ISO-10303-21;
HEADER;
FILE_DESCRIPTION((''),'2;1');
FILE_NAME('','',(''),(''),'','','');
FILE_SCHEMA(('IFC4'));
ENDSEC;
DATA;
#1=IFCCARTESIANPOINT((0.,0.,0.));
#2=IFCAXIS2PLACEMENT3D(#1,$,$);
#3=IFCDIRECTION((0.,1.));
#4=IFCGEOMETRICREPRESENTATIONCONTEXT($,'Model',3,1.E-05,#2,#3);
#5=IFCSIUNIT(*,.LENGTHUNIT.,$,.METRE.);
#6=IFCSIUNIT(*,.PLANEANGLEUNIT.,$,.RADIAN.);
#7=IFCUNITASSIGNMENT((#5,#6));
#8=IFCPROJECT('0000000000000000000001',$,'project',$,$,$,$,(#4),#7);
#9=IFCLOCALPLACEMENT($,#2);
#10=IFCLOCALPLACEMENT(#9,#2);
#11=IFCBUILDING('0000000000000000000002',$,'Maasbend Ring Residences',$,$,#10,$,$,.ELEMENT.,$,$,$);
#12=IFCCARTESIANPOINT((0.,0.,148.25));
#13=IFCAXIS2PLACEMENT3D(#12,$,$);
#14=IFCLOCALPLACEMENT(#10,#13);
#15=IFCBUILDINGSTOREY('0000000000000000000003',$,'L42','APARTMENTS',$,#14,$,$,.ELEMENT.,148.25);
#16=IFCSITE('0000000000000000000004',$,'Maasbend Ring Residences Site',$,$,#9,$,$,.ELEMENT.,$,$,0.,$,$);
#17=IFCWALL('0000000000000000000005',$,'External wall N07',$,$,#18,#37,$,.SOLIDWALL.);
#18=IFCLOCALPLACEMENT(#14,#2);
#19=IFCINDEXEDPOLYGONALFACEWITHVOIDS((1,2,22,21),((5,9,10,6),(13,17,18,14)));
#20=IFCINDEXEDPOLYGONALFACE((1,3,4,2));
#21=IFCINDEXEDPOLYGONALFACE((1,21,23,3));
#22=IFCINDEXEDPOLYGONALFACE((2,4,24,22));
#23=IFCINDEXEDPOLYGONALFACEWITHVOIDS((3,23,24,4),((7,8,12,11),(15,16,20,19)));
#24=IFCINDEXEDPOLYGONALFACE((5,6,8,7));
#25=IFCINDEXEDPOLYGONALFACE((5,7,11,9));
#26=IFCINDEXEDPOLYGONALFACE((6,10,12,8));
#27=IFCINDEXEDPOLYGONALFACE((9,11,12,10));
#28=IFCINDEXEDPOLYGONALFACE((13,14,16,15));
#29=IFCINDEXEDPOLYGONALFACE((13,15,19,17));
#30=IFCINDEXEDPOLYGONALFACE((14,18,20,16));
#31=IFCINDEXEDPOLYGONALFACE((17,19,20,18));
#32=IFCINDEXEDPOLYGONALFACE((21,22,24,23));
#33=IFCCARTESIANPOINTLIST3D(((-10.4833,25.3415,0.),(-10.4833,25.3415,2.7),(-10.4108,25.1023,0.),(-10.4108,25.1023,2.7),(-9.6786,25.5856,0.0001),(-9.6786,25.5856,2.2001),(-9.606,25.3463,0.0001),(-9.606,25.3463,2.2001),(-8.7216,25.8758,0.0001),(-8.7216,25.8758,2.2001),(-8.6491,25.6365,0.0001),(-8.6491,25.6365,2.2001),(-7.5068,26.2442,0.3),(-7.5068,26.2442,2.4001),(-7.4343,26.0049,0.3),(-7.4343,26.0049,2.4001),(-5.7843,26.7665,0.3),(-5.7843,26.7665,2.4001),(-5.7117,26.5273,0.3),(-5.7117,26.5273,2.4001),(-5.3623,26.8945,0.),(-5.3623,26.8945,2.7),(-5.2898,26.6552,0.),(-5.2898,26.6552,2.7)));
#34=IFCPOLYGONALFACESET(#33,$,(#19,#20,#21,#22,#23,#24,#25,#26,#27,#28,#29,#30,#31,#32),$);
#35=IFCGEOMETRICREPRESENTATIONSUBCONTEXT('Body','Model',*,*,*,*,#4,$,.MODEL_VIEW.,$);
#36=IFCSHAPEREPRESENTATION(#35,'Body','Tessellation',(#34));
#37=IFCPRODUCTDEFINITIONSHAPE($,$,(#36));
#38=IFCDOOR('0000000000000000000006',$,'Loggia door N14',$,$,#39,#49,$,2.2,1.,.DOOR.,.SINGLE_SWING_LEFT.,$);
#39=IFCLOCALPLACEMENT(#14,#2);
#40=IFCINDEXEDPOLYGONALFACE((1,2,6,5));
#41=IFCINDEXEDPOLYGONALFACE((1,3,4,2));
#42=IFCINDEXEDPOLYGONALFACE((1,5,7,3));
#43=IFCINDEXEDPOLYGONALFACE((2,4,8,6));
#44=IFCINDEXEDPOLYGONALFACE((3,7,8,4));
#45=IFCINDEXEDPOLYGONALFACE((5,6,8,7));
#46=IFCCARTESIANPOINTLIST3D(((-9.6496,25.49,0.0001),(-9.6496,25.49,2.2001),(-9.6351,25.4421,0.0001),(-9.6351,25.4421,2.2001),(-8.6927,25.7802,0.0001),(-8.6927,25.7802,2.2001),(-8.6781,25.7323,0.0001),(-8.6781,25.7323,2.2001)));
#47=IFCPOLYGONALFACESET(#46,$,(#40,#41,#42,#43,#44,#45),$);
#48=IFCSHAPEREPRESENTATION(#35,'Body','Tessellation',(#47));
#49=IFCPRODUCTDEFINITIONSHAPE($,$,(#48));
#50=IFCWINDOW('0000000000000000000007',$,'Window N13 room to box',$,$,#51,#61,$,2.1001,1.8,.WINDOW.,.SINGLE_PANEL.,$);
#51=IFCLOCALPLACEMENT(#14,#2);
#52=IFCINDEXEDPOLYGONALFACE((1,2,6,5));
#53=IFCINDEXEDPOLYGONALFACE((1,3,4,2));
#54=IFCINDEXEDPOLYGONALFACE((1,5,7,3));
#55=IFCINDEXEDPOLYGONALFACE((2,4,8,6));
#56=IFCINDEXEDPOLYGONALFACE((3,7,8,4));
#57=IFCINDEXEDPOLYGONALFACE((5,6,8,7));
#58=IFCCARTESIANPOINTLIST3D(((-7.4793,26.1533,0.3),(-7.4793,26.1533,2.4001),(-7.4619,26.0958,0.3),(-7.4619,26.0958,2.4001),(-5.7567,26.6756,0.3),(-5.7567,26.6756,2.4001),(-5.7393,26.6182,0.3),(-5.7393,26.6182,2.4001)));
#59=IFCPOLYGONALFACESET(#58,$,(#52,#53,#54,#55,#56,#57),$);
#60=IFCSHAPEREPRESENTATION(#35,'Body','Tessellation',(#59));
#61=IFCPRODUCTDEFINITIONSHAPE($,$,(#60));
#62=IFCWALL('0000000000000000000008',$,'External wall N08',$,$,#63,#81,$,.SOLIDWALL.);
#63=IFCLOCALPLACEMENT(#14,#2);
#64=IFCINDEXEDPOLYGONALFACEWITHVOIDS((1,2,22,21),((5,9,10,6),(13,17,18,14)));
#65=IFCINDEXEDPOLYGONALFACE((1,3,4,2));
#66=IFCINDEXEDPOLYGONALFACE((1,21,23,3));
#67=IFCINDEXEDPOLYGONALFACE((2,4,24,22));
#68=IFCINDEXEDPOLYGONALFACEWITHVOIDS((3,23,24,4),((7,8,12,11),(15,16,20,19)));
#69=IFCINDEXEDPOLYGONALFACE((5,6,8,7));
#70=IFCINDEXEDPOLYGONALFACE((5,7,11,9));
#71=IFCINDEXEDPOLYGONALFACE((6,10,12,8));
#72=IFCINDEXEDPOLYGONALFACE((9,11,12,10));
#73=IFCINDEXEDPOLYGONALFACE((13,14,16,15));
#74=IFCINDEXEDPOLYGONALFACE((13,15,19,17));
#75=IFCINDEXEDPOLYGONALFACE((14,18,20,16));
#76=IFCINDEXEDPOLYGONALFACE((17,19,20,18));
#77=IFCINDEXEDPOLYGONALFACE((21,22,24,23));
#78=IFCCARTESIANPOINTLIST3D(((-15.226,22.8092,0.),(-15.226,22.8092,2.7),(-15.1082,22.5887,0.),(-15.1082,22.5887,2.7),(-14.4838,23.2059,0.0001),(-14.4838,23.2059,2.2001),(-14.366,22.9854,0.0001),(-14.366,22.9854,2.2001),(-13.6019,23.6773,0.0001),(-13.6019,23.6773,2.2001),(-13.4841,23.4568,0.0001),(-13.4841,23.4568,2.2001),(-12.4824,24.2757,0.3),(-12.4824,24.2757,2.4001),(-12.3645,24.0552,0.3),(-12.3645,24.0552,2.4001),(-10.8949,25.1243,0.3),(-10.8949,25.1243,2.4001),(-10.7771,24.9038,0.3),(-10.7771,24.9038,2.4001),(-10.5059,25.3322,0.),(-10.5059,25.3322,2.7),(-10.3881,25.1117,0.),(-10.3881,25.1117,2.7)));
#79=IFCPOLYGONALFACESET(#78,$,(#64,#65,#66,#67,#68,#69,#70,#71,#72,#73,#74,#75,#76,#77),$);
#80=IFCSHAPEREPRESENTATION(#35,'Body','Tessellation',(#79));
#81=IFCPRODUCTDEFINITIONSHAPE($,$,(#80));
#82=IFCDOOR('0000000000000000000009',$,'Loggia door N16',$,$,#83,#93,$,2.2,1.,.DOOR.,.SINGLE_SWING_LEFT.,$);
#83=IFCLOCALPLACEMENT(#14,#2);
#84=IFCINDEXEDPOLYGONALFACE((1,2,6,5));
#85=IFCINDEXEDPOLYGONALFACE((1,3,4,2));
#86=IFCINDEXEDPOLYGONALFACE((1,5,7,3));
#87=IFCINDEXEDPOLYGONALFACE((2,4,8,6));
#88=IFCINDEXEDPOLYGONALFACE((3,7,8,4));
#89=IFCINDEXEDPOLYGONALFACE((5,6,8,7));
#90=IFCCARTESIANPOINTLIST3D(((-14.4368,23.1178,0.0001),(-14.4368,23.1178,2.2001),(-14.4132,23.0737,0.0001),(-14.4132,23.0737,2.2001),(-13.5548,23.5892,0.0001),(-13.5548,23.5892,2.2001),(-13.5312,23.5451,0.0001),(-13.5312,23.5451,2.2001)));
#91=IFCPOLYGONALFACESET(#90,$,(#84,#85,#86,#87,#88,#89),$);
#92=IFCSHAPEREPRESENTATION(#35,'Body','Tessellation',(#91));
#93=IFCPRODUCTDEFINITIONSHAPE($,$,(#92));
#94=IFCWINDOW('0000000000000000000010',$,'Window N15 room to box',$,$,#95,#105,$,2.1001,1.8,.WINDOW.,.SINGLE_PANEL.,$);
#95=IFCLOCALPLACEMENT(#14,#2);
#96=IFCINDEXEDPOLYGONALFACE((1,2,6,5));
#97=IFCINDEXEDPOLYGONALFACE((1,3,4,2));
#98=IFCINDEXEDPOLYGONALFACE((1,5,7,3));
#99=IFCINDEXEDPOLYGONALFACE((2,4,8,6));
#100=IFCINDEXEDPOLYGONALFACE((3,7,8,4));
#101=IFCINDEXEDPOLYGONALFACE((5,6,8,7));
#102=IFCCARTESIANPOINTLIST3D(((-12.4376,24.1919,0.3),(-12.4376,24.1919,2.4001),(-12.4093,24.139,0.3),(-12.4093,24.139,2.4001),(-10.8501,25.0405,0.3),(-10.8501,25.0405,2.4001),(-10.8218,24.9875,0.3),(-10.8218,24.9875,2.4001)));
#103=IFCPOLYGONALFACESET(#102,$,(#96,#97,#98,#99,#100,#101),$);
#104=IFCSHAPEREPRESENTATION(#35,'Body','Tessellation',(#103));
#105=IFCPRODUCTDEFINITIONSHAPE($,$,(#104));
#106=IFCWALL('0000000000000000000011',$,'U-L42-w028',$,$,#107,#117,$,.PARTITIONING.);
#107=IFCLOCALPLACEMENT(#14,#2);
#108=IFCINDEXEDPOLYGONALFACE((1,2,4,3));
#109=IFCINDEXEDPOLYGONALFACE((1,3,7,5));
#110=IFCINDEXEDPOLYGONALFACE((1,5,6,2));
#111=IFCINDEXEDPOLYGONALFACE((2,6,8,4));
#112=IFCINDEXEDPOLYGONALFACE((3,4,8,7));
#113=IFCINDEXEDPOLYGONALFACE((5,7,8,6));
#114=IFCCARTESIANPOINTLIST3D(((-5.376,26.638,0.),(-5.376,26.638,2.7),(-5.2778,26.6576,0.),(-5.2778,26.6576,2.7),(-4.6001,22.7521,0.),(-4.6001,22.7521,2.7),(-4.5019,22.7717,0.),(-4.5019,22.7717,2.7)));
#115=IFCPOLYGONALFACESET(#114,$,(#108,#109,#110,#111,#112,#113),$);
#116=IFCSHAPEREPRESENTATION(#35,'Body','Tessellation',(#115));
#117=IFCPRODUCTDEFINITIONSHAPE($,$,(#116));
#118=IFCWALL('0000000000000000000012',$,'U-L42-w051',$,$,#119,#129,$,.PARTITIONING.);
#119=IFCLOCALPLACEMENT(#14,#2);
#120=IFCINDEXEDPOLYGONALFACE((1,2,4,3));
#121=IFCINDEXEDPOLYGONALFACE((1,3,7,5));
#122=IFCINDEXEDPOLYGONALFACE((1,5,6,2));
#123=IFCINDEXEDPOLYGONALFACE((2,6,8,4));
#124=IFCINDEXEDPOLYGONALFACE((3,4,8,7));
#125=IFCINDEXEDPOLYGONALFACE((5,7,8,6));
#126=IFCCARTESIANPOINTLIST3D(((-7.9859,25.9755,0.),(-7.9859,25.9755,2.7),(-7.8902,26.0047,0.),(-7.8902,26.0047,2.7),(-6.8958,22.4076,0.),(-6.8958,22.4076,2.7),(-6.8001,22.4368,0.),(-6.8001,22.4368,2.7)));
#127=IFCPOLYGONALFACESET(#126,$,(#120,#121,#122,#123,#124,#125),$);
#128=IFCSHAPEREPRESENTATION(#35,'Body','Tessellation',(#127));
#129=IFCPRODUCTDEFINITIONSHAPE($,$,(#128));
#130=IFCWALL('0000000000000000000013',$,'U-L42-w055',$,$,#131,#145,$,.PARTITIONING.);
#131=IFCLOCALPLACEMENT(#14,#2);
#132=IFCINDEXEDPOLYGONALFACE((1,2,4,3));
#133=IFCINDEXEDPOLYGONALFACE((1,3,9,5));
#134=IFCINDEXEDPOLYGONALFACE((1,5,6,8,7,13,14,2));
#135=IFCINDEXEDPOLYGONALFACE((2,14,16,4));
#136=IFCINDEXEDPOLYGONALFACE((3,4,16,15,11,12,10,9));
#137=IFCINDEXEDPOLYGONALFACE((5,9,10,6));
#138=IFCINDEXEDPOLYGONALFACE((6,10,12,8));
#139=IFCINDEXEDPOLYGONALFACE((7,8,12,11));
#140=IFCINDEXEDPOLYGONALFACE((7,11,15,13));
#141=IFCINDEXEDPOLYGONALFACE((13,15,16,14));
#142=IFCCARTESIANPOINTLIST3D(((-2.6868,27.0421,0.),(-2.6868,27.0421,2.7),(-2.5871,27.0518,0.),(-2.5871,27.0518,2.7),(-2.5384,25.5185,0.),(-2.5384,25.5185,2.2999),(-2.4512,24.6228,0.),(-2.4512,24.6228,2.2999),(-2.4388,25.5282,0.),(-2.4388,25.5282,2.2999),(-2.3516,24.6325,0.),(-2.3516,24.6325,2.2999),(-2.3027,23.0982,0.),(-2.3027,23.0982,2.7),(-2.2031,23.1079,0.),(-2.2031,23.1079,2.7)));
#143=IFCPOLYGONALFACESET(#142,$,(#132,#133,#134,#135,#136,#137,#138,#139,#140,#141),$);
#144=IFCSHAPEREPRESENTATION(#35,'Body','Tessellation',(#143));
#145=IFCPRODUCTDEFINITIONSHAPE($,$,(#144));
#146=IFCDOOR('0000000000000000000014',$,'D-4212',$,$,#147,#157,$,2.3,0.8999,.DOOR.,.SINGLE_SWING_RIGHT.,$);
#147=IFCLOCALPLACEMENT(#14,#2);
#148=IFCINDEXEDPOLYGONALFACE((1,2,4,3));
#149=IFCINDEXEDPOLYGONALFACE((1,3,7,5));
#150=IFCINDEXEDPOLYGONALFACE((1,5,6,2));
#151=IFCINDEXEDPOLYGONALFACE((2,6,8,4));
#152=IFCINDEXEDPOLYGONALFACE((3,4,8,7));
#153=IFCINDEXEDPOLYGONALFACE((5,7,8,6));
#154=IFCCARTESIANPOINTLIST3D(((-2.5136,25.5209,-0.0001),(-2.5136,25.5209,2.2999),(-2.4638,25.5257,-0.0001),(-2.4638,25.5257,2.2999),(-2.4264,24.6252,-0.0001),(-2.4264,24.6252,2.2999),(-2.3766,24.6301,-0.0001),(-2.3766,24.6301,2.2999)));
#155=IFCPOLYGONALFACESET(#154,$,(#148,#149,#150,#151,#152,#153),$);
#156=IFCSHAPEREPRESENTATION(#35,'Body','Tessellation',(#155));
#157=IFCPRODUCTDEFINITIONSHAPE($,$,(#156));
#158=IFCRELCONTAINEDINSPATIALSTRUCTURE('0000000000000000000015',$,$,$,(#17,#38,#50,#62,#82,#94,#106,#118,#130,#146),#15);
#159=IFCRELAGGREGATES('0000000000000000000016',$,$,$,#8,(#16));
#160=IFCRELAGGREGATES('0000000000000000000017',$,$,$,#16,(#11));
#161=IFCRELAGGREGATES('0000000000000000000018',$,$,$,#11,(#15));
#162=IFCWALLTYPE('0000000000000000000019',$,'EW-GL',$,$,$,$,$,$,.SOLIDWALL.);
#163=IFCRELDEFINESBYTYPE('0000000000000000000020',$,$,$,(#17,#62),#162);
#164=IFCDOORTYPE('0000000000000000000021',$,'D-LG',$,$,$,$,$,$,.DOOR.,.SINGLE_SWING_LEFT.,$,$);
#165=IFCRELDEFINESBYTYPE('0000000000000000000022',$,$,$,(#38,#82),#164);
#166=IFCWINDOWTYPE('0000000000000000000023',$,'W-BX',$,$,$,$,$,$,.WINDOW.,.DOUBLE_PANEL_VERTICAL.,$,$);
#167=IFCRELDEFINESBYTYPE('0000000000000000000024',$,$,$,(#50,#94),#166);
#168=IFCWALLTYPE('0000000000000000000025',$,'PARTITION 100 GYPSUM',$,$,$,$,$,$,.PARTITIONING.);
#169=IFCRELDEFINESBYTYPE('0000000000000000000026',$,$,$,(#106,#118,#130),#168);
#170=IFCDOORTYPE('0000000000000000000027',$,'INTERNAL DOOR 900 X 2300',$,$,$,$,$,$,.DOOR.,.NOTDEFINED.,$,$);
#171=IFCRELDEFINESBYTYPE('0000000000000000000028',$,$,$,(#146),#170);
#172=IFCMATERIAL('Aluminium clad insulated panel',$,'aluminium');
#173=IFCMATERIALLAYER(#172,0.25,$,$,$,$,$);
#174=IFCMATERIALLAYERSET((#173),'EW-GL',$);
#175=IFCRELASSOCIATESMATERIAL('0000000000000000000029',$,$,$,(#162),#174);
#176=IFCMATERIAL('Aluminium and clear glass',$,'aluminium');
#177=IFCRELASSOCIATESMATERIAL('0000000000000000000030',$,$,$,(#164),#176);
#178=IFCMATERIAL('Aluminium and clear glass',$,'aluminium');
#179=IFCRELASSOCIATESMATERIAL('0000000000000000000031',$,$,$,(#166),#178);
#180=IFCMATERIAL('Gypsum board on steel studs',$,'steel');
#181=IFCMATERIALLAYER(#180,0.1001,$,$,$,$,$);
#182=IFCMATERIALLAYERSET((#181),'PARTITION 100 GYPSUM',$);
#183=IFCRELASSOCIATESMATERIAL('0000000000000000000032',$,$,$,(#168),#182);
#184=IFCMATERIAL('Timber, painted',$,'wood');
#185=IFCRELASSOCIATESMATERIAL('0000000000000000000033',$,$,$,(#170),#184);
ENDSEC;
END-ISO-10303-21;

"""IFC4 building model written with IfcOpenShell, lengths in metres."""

from ifc_helpers import new_model, si_unit, direction, frame, frame_2d, origin, place, context, subcontext, project, spatial, rectangle, extrude, material, layer, layer_set, type_object, element, fill, save


model = new_model("IFC4")

# Units and contexts
model_context = context("Model", 3, precision=1e-05, world=origin(), true_north=direction((0.0, 1.0)))
body_context = subcontext(model_context, "Body", "Model", "MODEL_VIEW")
ifc_project = project(units=[si_unit("LENGTHUNIT", "METRE"), si_unit("PLANEANGLEUNIT", "RADIAN")], contexts=[model_context])

# Site, building, storey
site_placement = place(None, origin())
site = spatial("IfcSite", under=ifc_project, at=site_placement, Name="Maasbend Ring Residences Site", CompositionType="ELEMENT", RefElevation=0.0)
building_placement = place(site_placement, origin())
building = spatial("IfcBuilding", under=site, at=building_placement, Name="Maasbend Ring Residences", CompositionType="ELEMENT")
storey_placement = place(building_placement, frame((0.0, 0.0, 148.25)))
storey = spatial("IfcBuildingStorey", under=building, at=storey_placement, Name="L42", Description="APARTMENTS", CompositionType="ELEMENT", Elevation=148.25)

# Walls, openings, doors, windows
ifc_material_1 = material(Name="Aluminium clad insulated panel", Category="aluminium")
ifc_layer_1 = layer(ifc_material_1, 0.25)
ifc_layer_set_1 = layer_set([ifc_layer_1], Name="EW-GL")
wall_type_1 = type_object("IfcWallType", Name="EW-GL", PredefinedType="SOLIDWALL", material=ifc_layer_set_1)
wall_1_placement = place(storey_placement, frame((-5.3259, 26.7749, 0.0), z_axis=(0.0, 0.0, 1.0), x_axis=(-0.956966, -0.290201, 0.0)))
wall_1 = element("IfcWall", 1, at=wall_1_placement, inside=storey, type_object=wall_type_1, Name="External wall N07", PredefinedType="SOLIDWALL", context=body_context, shape_type="SweptSolid", body=[
    extrude(rectangle(XDim=5.3513, YDim=0.25, at=frame_2d((2.6758, 0.0))), origin(), (0.0, 0.0, 1.0), 2.7),
])
opening_1_placement = place(wall_1_placement, frame((0.4412, 0.0, 0.3)))
opening_1 = element("IfcOpeningElement", 2, at=opening_1_placement, cuts=wall_1, PredefinedType="OPENING", context=body_context, shape_type="SweptSolid", body=[
    extrude(rectangle(XDim=1.8, YDim=2.1001, at=frame_2d((0.8999, 1.05))), frame((0.0, 0.135, 0.0), z_axis=(0.0, -1.0, 0.0), x_axis=(1.0, 0.0, 0.0)), (0.0, 0.0, 1.0), 0.27),
])
opening_2_placement = place(wall_1_placement, frame((3.5105, 0.0, 0.0)))
opening_2 = element("IfcOpeningElement", 3, at=opening_2_placement, cuts=wall_1, PredefinedType="OPENING", context=body_context, shape_type="SweptSolid", body=[
    extrude(rectangle(XDim=1.0, YDim=2.2, at=frame_2d((0.5, 1.1001))), frame((0.0, 0.135, 0.0), z_axis=(0.0, -1.0, 0.0), x_axis=(1.0, 0.0, 0.0)), (0.0, 0.0, 1.0), 0.27),
])
ifc_material_2 = material(Name="Aluminium and clear glass", Category="aluminium")
door_type_1 = type_object("IfcDoorType", Name="D-LG", OperationType="SINGLE_SWING_LEFT", PredefinedType="DOOR", material=ifc_material_2)
door_1_placement = place(opening_2_placement, origin())
door_1 = element("IfcDoor", 4, at=door_1_placement, inside=storey, type_object=door_type_1, Name="Loggia door N14", OperationType="SINGLE_SWING_LEFT", OverallHeight=2.2, OverallWidth=1.0, PredefinedType="DOOR", context=body_context, shape_type="SweptSolid", body=[
    extrude(rectangle(XDim=1.0, YDim=2.2, at=frame_2d((0.5, 1.1001))), frame((0.0, 0.0249, 0.0), z_axis=(0.0, -1.0, 0.0), x_axis=(1.0, 0.0, 0.0)), (0.0, 0.0, 1.0), 0.05),
])
fill(opening_2, door_1)
ifc_material_3 = material(Name="Aluminium and clear glass", Category="aluminium")
window_type_1 = type_object("IfcWindowType", Name="W-BX", PartitioningType="DOUBLE_PANEL_VERTICAL", PredefinedType="WINDOW", material=ifc_material_3)
window_1_placement = place(opening_1_placement, origin())
window_1 = element("IfcWindow", 5, at=window_1_placement, inside=storey, type_object=window_type_1, Name="Window N13 room to box", OverallHeight=2.1001, OverallWidth=1.8, PartitioningType="SINGLE_PANEL", PredefinedType="WINDOW", context=body_context, shape_type="SweptSolid", body=[
    extrude(rectangle(XDim=1.8, YDim=2.1001, at=frame_2d((0.8999, 1.05))), frame((0.0, 0.03, 0.0), z_axis=(0.0, -1.0, 0.0), x_axis=(1.0, 0.0, 0.0)), (0.0, 0.0, 1.0), 0.0601),
])
fill(opening_1, window_1)
wall_2_placement = place(storey_placement, frame((-10.447, 25.2219, 0.0), z_axis=(0.0, 0.0, 1.0), x_axis=(-0.881916, -0.471407, 0.0)))
wall_2 = element("IfcWall", 6, at=wall_2_placement, inside=storey, type_object=wall_type_1, Name="External wall N08", PredefinedType="SOLIDWALL", context=body_context, shape_type="SweptSolid", body=[
    extrude(rectangle(XDim=5.3521, YDim=0.25, at=frame_2d((2.676, 0.0))), origin(), (0.0, 0.0, 1.0), 2.7),
])
opening_3_placement = place(wall_2_placement, frame((0.4412, 0.0, 0.3)))
opening_3 = element("IfcOpeningElement", 7, at=opening_3_placement, cuts=wall_2, PredefinedType="OPENING", context=body_context, shape_type="SweptSolid", body=[
    extrude(rectangle(XDim=1.8, YDim=2.1001, at=frame_2d((0.8999, 1.05))), frame((0.0, 0.135, 0.0), z_axis=(0.0, -1.0, 0.0), x_axis=(1.0, 0.0, 0.0)), (0.0, 0.0, 1.0), 0.27),
])
opening_4_placement = place(wall_2_placement, frame((3.5105, 0.0, 0.0)))
opening_4 = element("IfcOpeningElement", 8, at=opening_4_placement, cuts=wall_2, PredefinedType="OPENING", context=body_context, shape_type="SweptSolid", body=[
    extrude(rectangle(XDim=1.0, YDim=2.2, at=frame_2d((0.5, 1.1001))), frame((0.0, 0.135, 0.0), z_axis=(0.0, -1.0, 0.0), x_axis=(1.0, 0.0, 0.0)), (0.0, 0.0, 1.0), 0.27),
])
door_2_placement = place(opening_4_placement, origin())
door_2 = element("IfcDoor", 9, at=door_2_placement, inside=storey, type_object=door_type_1, Name="Loggia door N16", OperationType="SINGLE_SWING_LEFT", OverallHeight=2.2, OverallWidth=1.0, PredefinedType="DOOR", context=body_context, shape_type="SweptSolid", body=[
    extrude(rectangle(XDim=1.0, YDim=2.2, at=frame_2d((0.5, 1.1001))), frame((0.0, 0.0249, 0.0), z_axis=(0.0, -1.0, 0.0), x_axis=(1.0, 0.0, 0.0)), (0.0, 0.0, 1.0), 0.05),
])
fill(opening_4, door_2)
window_2_placement = place(opening_3_placement, origin())
window_2 = element("IfcWindow", 10, at=window_2_placement, inside=storey, type_object=window_type_1, Name="Window N15 room to box", OverallHeight=2.1001, OverallWidth=1.8, PartitioningType="SINGLE_PANEL", PredefinedType="WINDOW", context=body_context, shape_type="SweptSolid", body=[
    extrude(rectangle(XDim=1.8, YDim=2.1001, at=frame_2d((0.8999, 1.05))), frame((0.0, 0.03, 0.0), z_axis=(0.0, -1.0, 0.0), x_axis=(1.0, 0.0, 0.0)), (0.0, 0.0, 1.0), 0.0601),
])
fill(opening_3, window_2)

# Walls
ifc_material_4 = material(Name="Gypsum board on steel studs", Category="steel")
ifc_layer_2 = layer(ifc_material_4, 0.1001)
ifc_layer_set_2 = layer_set([ifc_layer_2], Name="PARTITION 100 GYPSUM")
wall_type_2 = type_object("IfcWallType", Name="PARTITION 100 GYPSUM", PredefinedType="PARTITIONING", material=ifc_layer_set_2)
wall_3_placement = place(storey_placement, frame((-5.3269, 26.6479, 0.0), z_axis=(0.0, 0.0, 1.0), x_axis=(0.195796, -0.980645, 0.0)))
element("IfcWall", 11, at=wall_3_placement, inside=storey, type_object=wall_type_2, Name="U-L42-w028", PredefinedType="PARTITIONING", context=body_context, shape_type="SweptSolid", body=[
    extrude(rectangle(XDim=3.9626, YDim=0.1001, at=frame_2d((1.9814, 0.0))), origin(), (0.0, 0.0, 1.0), 2.7),
])
wall_4_placement = place(storey_placement, frame((-7.938, 25.99, 0.0), z_axis=(0.0, 0.0, 1.0), x_axis=(0.292195, -0.956359, 0.0)))
element("IfcWall", 12, at=wall_4_placement, inside=storey, type_object=wall_type_2, Name="U-L42-w051", PredefinedType="PARTITIONING", context=body_context, shape_type="SweptSolid", body=[
    extrude(rectangle(XDim=3.7307, YDim=0.1001, at=frame_2d((1.8652, 0.0))), origin(), (0.0, 0.0, 1.0), 2.7),
])

# Wall, opening, door
wall_5_placement = place(storey_placement, frame((-2.637, 27.0471, 0.0), z_axis=(0.0, 0.0, 1.0), x_axis=(0.096911, -0.995293, 0.0)))
wall_5 = element("IfcWall", 13, at=wall_5_placement, inside=storey, type_object=wall_type_2, Name="U-L42-w055", PredefinedType="PARTITIONING", context=body_context, shape_type="SweptSolid", body=[
    extrude(rectangle(XDim=3.9626, YDim=0.1001, at=frame_2d((1.9814, 0.0))), origin(), (0.0, 0.0, 1.0), 2.7),
])
opening_5_placement = place(wall_5_placement, frame((1.531, 0.0, 0.0)))
opening_5 = element("IfcOpeningElement", 14, at=opening_5_placement, cuts=wall_5, PredefinedType="OPENING", context=body_context, shape_type="SweptSolid", body=[
    extrude(rectangle(XDim=0.8999, YDim=2.3, at=frame_2d((0.45, 1.1499))), frame((0.0, 0.0601, 0.0), z_axis=(0.0, -1.0, 0.0), x_axis=(1.0, 0.0, 0.0)), (0.0, 0.0, 1.0), 0.1201),
])
ifc_material_5 = material(Name="Timber, painted", Category="wood")
door_type_2 = type_object("IfcDoorType", Name="INTERNAL DOOR 900 X 2300", OperationType="NOTDEFINED", PredefinedType="DOOR", material=ifc_material_5)
door_3_placement = place(opening_5_placement, origin())
door_3 = element("IfcDoor", 15, at=door_3_placement, inside=storey, type_object=door_type_2, Name="D-4212", OperationType="SINGLE_SWING_RIGHT", OverallHeight=2.3, OverallWidth=0.8999, PredefinedType="DOOR", context=body_context, shape_type="SweptSolid", body=[
    extrude(rectangle(XDim=0.8999, YDim=2.3, at=frame_2d((0.45, 1.1499))), frame((0.0, 0.0249, 0.0), z_axis=(0.0, -1.0, 0.0), x_axis=(1.0, 0.0, 0.0)), (0.0, 0.0, 1.0), 0.05),
])
fill(opening_5, door_3)

save(model, "model.ifc")
